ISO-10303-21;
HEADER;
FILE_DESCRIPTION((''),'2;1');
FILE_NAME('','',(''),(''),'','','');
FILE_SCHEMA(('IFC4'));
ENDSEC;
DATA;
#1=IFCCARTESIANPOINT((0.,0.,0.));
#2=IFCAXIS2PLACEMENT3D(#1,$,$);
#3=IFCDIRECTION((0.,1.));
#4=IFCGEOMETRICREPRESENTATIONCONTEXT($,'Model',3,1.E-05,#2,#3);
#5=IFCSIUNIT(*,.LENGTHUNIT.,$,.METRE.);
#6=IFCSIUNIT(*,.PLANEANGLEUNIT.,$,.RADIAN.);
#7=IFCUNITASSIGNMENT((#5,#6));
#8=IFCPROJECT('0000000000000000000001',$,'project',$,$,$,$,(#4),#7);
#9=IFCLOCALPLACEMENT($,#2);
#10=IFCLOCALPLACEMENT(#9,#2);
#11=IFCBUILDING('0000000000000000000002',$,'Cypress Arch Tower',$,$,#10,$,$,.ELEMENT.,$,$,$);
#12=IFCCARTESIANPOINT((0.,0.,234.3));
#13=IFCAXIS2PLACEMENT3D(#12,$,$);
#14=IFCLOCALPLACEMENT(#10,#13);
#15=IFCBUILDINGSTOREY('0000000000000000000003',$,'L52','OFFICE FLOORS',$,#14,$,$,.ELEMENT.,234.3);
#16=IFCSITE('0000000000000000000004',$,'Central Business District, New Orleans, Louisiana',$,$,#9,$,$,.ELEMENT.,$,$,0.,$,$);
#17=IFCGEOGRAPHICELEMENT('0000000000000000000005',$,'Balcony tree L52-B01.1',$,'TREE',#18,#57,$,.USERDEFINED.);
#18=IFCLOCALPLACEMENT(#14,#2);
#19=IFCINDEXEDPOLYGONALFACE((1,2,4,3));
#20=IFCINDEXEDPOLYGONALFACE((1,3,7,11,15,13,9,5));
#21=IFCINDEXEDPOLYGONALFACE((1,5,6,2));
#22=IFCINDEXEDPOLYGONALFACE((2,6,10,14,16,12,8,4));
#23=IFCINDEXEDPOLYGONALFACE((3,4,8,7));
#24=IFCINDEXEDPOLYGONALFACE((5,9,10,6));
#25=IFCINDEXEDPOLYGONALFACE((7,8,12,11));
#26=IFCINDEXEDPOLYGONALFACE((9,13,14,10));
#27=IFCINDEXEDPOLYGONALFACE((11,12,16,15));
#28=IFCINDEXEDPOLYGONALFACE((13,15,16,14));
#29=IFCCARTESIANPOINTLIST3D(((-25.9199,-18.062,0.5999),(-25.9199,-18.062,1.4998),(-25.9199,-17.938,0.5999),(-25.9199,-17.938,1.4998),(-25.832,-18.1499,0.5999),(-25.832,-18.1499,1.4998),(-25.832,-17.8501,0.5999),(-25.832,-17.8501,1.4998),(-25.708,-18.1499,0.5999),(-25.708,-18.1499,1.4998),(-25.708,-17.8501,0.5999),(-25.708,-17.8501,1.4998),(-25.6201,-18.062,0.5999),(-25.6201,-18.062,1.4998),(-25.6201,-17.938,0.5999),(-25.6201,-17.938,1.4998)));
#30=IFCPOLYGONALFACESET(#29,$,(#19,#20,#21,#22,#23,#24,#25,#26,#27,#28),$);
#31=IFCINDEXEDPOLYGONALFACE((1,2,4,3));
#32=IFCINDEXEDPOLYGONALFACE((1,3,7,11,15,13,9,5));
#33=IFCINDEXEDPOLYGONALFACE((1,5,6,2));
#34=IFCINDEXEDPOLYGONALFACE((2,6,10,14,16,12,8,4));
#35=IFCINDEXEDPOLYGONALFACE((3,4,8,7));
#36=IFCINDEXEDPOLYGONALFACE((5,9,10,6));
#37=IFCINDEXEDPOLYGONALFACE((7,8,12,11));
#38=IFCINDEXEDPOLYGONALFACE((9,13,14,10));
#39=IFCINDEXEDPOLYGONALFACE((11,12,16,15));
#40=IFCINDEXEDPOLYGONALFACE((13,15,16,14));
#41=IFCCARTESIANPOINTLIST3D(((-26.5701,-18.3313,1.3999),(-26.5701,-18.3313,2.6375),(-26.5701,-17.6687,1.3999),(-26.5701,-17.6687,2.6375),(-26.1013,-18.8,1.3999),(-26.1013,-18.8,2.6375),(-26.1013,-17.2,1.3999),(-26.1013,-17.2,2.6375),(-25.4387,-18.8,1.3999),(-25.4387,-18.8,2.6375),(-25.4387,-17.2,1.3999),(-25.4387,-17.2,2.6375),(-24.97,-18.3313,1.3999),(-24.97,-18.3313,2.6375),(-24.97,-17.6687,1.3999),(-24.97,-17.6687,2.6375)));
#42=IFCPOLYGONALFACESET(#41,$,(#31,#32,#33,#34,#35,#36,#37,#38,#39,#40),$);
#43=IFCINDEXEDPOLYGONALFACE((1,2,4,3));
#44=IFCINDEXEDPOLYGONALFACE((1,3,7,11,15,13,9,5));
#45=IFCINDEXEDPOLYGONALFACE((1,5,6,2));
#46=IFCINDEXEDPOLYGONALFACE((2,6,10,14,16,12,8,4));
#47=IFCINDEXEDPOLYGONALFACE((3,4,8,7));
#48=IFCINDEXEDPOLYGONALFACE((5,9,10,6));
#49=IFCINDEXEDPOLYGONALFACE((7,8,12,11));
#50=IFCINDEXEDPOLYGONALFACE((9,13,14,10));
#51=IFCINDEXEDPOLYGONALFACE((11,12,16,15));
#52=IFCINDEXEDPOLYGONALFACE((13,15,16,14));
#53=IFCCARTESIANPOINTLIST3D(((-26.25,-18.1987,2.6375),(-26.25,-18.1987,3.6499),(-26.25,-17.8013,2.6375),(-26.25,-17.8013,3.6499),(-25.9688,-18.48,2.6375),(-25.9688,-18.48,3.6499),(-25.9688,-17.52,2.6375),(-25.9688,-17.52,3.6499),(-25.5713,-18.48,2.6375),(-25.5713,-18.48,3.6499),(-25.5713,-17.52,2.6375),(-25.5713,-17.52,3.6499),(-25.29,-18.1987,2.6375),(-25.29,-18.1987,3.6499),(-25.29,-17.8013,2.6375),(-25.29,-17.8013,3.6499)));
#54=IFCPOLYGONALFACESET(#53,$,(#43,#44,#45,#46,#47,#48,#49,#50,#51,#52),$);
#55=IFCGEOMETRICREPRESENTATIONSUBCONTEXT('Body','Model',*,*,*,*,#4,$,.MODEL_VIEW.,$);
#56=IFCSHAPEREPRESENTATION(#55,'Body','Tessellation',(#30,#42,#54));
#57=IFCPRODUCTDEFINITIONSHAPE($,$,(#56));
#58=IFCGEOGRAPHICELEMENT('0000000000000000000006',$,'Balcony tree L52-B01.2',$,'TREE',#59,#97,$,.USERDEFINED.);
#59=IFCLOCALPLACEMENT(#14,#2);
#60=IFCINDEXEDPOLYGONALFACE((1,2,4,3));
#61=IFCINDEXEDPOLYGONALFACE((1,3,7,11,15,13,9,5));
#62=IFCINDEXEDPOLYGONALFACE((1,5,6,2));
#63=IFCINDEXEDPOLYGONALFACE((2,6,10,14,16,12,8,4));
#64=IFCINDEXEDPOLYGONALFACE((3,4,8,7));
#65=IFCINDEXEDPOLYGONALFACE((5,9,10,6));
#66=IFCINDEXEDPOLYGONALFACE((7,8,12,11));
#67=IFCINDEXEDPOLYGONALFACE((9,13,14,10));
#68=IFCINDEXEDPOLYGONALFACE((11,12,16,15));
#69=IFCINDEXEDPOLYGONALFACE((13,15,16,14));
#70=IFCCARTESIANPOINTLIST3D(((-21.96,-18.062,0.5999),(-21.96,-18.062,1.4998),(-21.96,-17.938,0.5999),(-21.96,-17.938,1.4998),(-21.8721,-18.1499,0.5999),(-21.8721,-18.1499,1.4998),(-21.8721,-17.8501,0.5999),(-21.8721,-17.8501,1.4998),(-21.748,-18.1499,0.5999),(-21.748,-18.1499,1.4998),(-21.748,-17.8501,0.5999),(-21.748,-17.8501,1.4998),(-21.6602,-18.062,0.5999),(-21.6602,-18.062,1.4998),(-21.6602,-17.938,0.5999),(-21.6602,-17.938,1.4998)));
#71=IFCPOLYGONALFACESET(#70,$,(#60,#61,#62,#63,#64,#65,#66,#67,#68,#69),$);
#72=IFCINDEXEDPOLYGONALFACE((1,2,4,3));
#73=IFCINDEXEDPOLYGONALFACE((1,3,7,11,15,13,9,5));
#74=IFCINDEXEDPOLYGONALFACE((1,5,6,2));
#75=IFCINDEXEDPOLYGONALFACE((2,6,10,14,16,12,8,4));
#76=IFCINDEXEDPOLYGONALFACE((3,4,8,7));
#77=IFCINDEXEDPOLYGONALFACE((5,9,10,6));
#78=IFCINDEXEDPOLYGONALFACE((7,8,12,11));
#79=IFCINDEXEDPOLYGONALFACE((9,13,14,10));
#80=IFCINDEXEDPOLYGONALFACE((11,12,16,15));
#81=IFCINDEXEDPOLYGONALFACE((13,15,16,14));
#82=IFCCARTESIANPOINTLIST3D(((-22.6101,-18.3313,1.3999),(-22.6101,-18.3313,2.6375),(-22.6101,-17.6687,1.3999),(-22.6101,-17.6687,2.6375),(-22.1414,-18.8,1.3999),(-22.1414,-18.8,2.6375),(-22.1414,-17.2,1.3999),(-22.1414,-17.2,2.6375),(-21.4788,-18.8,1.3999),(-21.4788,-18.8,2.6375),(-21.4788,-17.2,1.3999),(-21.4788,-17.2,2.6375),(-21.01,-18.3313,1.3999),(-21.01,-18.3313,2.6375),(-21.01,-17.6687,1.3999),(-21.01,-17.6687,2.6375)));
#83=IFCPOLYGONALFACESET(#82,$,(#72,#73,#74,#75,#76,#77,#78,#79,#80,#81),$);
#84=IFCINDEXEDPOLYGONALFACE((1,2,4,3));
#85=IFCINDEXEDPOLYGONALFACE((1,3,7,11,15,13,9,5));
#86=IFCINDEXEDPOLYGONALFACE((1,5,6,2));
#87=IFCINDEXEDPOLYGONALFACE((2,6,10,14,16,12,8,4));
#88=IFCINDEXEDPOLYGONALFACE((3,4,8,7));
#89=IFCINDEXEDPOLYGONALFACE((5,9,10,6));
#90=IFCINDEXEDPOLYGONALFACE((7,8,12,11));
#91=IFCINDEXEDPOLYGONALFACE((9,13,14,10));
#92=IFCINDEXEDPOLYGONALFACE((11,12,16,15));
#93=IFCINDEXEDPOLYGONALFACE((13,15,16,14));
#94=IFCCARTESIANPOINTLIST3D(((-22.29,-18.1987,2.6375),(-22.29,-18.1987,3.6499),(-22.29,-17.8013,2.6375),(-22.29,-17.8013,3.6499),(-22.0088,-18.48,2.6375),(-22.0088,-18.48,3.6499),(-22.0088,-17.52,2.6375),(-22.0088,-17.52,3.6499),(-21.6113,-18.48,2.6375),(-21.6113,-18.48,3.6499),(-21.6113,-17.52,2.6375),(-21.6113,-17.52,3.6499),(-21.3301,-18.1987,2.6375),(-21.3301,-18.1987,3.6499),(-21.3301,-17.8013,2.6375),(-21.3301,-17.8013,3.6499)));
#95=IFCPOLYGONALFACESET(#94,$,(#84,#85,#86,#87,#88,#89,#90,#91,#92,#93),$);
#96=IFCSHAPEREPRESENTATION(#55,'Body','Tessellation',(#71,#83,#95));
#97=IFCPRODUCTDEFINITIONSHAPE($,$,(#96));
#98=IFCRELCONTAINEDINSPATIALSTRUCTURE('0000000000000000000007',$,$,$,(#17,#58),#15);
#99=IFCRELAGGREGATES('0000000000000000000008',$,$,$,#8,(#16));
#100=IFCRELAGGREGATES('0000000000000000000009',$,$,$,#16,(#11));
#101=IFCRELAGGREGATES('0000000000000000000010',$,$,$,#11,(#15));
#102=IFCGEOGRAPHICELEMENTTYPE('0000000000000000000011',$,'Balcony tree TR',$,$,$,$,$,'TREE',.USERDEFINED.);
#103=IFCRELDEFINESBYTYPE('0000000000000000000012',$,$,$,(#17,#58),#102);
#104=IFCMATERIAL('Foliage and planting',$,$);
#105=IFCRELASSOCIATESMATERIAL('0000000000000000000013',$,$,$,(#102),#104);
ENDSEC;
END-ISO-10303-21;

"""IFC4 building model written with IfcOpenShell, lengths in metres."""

from ifc_helpers import new_model, si_unit, direction, frame, origin, place, context, subcontext, project, spatial, polyline, outline, extrude, material, type_object, element, save


model = new_model("IFC4")

# Units and contexts
model_context = context("Model", 3, precision=1e-05, world=origin(), true_north=direction((0.0, 1.0)))
body_context = subcontext(model_context, "Body", "Model", "MODEL_VIEW")
ifc_project = project(units=[si_unit("LENGTHUNIT", "METRE"), si_unit("PLANEANGLEUNIT", "RADIAN")], contexts=[model_context])

# Site, building, storey
site_placement = place(None, origin())
site = spatial("IfcSite", under=ifc_project, at=site_placement, Name="Central Business District, New Orleans, Louisiana", CompositionType="ELEMENT", RefElevation=0.0)
building_placement = place(site_placement, origin())
building = spatial("IfcBuilding", under=site, at=building_placement, Name="Cypress Arch Tower", CompositionType="ELEMENT")
storey_placement = place(building_placement, frame((0.0, 0.0, 234.3)))
storey = spatial("IfcBuildingStorey", under=building, at=storey_placement, Name="L52", Description="OFFICE FLOORS", CompositionType="ELEMENT", Elevation=234.3)

# Geographic elements
ifc_material_1 = material(Name="Foliage and planting")
geographic_element_type = type_object("IfcGeographicElementType", Name="Balcony tree TR", ElementType="TREE", PredefinedType="USERDEFINED", material=ifc_material_1)
for number, where, z_axis, x_axis, name in (
    (1, (-25.77, -18.0, 0.5999), (0.0, 0.0, 1.0), (1.0, 0.0, 0.0), "Balcony tree L52-B01.1"),
    (2, (-21.8101, -18.0, 0.5999), (0.0, 0.0, 1.0), (1.0, 0.0, 0.0), "Balcony tree L52-B01.2"),
):
    element("IfcGeographicElement", number, at=place(storey_placement, frame(where, z_axis=z_axis, x_axis=x_axis)), inside=storey, type_object=geographic_element_type, Name=name, ObjectType="TREE", PredefinedType="USERDEFINED", context=body_context, shape_type="SweptSolid", body=[
        extrude(outline(polyline([(0.1499, 0.062), (0.062, 0.1499), (-0.062, 0.1499), (-0.1499, 0.062), (-0.1499, -0.062), (-0.062, -0.1499), (0.062, -0.1499), (0.1499, -0.062), (0.1499, 0.062)])), origin(), (0.0, 0.0, 1.0), 0.8999),
        extrude(outline(polyline([(0.8, 0.3313), (0.3313, 0.8), (-0.3313, 0.8), (-0.8, 0.3313), (-0.8, -0.3313), (-0.3313, -0.8), (0.3313, -0.8), (0.8, -0.3313), (0.8, 0.3313)])), frame((0.0, 0.0, 0.8)), (0.0, 0.0, 1.0), 1.2375),
        extrude(outline(polyline([(0.48, 0.1987), (0.1987, 0.48), (-0.1987, 0.48), (-0.48, 0.1987), (-0.48, -0.1987), (-0.1987, -0.48), (0.1987, -0.48), (0.48, -0.1987), (0.48, 0.1987)])), frame((0.0, 0.0, 2.0376)), (0.0, 0.0, 1.0), 1.0125),
    ])

save(model, "model.ifc")
